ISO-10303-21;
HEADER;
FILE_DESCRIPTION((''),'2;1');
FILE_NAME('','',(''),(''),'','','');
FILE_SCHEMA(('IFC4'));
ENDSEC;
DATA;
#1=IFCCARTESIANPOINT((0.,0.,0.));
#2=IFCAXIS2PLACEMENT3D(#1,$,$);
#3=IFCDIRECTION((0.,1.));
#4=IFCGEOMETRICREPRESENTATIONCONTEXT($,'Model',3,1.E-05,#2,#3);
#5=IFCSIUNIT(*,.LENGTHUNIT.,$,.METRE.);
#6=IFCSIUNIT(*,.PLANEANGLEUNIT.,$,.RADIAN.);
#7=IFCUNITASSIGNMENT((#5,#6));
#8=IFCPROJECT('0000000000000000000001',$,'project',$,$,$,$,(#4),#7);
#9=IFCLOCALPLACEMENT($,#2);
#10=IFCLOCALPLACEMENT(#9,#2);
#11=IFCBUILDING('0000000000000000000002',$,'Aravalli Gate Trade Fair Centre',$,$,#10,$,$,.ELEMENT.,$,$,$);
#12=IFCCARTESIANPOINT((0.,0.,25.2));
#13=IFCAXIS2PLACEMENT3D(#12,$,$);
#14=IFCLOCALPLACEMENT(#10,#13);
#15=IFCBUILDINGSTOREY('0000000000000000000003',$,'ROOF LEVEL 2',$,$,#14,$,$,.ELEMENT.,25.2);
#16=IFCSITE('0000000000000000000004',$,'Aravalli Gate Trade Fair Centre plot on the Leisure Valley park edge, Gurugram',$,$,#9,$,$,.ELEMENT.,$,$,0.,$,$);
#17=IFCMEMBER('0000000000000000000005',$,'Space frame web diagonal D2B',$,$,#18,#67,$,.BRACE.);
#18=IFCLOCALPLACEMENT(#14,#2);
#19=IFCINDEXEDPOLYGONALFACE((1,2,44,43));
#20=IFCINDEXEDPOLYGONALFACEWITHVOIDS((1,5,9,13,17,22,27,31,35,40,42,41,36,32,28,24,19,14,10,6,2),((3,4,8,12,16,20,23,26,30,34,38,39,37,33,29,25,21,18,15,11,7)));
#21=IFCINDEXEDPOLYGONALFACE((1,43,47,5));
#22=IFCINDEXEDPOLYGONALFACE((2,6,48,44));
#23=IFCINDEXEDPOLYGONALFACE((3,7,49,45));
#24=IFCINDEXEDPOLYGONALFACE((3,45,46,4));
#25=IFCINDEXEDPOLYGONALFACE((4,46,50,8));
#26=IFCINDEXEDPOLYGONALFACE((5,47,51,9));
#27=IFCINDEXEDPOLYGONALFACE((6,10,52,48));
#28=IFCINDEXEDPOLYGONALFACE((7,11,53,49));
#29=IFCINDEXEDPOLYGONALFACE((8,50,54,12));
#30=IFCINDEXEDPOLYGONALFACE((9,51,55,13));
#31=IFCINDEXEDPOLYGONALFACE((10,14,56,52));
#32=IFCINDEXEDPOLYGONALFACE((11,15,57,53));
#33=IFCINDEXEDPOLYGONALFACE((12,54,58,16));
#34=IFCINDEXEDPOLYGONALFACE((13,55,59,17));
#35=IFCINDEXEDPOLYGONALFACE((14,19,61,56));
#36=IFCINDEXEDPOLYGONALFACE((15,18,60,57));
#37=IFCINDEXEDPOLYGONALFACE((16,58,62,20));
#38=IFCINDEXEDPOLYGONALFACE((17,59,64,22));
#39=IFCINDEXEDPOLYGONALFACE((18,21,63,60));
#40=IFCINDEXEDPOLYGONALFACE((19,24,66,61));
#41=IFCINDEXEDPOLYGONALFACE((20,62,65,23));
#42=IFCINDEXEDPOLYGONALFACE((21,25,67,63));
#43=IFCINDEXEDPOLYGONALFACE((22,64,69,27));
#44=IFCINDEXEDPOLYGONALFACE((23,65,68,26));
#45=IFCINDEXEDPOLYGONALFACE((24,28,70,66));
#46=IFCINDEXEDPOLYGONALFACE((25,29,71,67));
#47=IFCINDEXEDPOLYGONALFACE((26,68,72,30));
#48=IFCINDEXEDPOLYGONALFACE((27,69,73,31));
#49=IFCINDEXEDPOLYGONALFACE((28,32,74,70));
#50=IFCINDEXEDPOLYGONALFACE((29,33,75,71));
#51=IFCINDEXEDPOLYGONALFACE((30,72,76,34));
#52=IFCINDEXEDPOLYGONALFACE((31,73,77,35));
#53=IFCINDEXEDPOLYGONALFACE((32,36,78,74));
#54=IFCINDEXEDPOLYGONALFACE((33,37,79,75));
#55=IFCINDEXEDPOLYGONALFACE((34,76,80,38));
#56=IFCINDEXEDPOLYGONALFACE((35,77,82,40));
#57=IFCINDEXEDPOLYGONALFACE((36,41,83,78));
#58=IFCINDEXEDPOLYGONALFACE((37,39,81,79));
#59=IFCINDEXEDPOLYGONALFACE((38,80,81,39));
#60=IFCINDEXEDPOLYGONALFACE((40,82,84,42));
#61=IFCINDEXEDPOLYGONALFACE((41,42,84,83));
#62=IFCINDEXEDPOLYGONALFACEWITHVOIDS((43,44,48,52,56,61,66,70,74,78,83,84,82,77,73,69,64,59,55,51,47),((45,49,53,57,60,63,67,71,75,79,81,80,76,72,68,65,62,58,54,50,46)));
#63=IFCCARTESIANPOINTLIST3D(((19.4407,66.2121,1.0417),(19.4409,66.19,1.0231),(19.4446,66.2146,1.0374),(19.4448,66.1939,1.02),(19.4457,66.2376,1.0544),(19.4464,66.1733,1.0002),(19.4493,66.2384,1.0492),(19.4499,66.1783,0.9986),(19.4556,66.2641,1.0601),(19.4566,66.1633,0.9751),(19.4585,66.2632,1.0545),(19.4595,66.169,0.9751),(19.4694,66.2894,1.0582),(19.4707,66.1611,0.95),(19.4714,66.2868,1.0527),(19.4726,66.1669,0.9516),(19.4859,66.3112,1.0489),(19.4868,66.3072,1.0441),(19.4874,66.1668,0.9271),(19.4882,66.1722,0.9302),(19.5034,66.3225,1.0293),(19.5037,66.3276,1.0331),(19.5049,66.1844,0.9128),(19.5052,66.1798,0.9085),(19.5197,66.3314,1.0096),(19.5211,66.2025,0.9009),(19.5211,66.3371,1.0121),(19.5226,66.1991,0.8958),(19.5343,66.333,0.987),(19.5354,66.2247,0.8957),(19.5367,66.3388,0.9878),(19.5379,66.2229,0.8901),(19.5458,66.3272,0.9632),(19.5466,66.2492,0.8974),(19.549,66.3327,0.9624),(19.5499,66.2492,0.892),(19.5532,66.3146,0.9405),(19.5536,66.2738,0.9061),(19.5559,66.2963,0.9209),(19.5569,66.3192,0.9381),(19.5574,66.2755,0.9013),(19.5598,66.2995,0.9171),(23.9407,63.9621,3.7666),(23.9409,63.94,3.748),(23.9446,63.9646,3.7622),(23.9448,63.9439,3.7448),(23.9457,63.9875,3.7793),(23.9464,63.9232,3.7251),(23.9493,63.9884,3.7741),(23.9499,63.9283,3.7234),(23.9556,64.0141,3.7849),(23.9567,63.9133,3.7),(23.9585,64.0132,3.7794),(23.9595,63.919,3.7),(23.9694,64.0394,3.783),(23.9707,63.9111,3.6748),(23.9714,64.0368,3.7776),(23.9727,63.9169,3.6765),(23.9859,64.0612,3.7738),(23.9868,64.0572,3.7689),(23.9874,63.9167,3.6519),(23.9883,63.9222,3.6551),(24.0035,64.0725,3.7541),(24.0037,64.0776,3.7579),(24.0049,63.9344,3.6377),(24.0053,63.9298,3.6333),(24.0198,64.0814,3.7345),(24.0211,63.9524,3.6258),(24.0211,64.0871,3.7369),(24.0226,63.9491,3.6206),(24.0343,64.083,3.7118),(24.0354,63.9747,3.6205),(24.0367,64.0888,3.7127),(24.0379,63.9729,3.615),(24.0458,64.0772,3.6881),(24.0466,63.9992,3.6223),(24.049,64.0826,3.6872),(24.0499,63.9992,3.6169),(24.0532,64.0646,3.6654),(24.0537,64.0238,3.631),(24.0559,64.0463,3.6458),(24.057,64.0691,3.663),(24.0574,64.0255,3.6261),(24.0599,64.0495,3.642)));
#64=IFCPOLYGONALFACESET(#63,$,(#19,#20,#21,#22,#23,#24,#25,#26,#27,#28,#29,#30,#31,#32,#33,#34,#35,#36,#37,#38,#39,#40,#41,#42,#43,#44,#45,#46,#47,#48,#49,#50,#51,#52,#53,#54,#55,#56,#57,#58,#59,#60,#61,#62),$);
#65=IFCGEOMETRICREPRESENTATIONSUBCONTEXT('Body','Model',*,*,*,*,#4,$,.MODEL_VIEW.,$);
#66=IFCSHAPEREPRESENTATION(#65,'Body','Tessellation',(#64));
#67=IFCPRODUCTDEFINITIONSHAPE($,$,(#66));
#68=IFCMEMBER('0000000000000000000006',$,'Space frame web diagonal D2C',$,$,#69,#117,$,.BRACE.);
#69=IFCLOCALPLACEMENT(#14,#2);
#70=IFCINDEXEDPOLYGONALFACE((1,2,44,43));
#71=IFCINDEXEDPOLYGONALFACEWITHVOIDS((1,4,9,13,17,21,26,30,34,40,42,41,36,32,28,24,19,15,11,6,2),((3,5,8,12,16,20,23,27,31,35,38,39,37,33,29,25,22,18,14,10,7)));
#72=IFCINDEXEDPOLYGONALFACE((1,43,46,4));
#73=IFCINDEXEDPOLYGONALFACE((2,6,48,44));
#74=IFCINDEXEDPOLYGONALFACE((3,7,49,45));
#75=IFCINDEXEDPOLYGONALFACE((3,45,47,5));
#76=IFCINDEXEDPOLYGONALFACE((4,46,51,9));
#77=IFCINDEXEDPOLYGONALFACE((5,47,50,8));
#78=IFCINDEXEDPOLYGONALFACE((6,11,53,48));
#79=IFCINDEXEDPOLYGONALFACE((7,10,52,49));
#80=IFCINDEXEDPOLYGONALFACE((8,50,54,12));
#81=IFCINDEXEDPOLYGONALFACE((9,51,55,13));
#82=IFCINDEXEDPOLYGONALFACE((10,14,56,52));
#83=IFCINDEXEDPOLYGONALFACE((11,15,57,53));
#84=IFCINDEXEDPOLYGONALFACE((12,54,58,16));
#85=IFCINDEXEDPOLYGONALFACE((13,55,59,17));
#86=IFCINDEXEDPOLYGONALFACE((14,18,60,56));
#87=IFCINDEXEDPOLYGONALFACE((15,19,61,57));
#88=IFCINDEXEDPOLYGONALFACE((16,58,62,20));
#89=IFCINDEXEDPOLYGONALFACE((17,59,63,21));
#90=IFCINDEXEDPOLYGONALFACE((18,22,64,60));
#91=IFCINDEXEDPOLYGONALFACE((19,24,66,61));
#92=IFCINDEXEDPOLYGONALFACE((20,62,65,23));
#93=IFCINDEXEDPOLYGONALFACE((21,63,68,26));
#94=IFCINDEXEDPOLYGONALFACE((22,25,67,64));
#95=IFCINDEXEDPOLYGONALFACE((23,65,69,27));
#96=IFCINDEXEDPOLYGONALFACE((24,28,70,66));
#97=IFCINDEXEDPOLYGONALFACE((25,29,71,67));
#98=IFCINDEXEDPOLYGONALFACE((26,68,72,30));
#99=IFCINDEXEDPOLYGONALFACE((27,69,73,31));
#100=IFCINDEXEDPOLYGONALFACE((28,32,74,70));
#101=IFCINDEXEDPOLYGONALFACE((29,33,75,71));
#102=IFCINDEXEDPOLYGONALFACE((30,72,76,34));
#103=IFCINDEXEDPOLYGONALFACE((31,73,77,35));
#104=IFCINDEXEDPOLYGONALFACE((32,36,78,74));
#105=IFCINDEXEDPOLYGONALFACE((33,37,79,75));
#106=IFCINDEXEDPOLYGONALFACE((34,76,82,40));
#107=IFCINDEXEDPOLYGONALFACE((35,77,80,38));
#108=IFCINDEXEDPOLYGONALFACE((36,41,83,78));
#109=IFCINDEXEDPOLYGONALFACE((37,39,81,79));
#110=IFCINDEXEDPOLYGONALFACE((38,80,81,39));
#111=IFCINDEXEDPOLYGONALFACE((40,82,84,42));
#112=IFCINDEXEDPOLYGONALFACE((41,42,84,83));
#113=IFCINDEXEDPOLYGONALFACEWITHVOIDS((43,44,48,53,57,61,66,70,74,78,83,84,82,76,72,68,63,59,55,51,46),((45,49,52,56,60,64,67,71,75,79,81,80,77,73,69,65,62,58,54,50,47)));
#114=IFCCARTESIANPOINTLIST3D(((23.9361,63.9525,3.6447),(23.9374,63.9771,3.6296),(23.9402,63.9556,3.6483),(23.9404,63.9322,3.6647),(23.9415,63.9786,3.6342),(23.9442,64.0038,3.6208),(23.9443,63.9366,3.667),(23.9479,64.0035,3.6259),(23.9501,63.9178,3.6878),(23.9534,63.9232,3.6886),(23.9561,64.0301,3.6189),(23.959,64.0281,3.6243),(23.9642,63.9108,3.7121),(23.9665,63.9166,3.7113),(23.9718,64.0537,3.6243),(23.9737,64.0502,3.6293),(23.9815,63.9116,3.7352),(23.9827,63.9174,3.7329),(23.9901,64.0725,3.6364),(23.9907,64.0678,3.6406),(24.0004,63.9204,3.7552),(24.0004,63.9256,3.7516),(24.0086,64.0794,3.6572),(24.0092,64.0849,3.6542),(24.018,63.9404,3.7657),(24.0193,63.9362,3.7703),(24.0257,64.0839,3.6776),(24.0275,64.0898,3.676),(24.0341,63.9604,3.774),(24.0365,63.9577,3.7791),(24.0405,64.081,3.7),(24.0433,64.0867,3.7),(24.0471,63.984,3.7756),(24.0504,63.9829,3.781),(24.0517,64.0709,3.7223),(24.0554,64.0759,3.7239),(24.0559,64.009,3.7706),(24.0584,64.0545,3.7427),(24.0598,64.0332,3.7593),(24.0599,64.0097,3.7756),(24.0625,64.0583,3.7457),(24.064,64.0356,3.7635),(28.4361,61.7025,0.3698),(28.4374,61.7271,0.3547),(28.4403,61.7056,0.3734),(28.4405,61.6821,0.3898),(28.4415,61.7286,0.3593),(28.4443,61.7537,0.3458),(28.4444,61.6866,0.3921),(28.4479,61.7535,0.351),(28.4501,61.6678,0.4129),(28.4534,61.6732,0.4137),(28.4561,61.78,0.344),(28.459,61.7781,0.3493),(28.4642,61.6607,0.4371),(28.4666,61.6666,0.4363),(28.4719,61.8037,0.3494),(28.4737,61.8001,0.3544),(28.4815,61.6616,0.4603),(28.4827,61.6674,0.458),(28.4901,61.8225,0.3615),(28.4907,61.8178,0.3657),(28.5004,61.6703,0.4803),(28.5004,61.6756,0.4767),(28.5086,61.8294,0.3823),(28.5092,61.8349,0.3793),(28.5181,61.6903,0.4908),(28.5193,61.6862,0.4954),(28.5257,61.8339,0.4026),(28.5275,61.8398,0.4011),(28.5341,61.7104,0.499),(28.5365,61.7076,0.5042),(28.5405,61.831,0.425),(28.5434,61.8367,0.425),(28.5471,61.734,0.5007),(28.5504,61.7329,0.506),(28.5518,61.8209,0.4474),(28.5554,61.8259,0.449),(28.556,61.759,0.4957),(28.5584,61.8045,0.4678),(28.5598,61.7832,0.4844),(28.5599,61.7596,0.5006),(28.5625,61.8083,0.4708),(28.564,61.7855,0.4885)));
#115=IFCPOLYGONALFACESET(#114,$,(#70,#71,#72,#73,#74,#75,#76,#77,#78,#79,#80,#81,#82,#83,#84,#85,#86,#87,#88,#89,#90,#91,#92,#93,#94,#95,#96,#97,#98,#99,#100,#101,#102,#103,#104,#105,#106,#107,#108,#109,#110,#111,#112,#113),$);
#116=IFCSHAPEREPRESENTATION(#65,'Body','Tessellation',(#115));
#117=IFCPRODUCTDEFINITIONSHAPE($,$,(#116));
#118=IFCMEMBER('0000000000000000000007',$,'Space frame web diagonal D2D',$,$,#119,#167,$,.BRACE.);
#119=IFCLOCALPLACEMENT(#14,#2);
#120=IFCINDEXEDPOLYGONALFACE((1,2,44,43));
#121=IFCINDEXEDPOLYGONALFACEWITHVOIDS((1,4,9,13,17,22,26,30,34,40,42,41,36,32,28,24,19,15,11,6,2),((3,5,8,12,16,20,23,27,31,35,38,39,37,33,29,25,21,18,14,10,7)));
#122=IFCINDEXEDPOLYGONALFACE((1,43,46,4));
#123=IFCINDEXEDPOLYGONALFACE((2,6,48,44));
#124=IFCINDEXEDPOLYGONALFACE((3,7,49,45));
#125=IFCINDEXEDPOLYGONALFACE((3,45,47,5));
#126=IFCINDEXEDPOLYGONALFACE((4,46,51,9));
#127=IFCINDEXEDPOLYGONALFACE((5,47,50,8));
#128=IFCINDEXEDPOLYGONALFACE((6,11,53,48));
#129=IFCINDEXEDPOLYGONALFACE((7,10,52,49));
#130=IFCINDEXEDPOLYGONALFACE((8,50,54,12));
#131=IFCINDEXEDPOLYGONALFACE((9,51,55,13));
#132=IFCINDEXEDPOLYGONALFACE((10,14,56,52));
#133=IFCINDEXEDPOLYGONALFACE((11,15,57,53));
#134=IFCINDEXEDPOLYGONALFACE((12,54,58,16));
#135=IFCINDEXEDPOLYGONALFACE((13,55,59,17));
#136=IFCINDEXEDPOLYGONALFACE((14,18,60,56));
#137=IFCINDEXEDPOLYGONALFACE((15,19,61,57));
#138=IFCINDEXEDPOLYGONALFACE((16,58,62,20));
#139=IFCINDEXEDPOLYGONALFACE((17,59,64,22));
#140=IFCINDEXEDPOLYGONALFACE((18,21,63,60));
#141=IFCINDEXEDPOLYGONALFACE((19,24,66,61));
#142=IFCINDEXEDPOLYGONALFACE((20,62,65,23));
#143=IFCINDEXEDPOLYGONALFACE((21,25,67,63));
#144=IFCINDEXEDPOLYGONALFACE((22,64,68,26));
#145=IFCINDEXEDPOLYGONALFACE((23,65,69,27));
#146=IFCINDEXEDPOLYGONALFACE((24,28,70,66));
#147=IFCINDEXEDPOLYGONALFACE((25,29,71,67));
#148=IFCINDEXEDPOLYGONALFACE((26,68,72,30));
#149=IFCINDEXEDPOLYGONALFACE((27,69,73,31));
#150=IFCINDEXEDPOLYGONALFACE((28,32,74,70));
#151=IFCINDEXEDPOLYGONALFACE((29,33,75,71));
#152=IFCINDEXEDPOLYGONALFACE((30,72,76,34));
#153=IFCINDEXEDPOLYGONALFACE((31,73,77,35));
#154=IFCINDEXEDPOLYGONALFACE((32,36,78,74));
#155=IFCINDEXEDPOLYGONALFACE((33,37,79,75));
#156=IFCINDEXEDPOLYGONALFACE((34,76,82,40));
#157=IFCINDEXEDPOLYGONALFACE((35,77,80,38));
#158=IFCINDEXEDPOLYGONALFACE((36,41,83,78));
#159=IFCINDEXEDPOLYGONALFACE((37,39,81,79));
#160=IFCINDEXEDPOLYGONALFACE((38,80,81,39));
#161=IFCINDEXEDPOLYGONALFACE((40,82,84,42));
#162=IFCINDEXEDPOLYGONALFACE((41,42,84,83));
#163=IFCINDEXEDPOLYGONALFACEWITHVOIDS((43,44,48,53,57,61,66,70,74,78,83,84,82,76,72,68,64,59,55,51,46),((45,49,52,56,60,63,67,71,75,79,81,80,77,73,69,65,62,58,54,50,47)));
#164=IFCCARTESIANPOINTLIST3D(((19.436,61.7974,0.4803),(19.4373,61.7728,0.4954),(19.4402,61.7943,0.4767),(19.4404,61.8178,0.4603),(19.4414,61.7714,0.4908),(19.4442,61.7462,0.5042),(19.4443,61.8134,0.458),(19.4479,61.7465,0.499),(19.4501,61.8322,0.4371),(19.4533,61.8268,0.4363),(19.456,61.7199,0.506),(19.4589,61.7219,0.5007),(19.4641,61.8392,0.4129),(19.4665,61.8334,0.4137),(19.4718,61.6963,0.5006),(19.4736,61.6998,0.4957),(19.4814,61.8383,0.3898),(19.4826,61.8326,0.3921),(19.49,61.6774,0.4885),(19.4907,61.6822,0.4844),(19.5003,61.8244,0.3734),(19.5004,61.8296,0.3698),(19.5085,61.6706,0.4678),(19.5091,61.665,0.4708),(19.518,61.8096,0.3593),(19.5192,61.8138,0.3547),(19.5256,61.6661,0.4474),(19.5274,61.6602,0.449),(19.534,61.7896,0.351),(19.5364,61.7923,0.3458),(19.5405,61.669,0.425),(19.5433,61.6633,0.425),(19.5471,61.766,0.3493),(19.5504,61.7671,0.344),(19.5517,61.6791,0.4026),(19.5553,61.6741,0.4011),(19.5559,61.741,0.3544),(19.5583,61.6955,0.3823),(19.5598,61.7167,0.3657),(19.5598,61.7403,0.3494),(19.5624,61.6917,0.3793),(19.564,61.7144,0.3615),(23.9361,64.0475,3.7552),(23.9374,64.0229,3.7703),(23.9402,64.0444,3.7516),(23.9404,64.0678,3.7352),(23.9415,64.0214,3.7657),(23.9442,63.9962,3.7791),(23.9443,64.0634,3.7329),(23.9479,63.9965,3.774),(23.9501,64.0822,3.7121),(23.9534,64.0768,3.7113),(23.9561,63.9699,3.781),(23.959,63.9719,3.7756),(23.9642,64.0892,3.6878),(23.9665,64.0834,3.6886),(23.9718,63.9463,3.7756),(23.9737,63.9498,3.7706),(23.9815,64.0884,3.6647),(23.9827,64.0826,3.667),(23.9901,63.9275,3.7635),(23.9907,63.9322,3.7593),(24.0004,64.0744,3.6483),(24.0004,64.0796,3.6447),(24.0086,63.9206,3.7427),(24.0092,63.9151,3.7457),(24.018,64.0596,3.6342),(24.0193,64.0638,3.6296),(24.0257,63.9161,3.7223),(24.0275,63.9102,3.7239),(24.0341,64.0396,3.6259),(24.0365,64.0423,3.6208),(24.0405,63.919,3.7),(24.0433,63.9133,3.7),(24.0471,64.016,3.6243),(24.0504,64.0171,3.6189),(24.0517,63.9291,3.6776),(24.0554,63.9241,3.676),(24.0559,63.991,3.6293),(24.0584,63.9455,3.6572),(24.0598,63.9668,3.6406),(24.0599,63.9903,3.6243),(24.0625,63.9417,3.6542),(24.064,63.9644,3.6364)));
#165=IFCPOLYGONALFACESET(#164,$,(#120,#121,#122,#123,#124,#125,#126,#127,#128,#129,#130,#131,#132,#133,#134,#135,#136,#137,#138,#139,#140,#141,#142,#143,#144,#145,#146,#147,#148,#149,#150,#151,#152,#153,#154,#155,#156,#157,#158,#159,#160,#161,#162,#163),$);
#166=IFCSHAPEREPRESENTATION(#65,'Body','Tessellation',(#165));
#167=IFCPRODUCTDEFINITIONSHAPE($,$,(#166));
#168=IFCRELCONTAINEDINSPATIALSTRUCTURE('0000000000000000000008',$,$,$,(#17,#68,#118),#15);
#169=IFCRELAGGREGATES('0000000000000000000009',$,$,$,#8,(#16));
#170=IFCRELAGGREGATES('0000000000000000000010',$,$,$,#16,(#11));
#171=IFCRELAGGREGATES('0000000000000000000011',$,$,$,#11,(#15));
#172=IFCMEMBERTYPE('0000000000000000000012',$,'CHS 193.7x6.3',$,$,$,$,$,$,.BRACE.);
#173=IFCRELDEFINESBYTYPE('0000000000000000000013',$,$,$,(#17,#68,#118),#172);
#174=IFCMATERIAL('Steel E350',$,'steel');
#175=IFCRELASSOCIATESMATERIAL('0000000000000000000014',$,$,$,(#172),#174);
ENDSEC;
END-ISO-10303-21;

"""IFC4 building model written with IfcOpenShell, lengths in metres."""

from ifc_helpers import new_model, si_unit, direction, frame, origin, origin_2d, place, context, subcontext, project, spatial, hollow_circle, extrude, material, material_profile, profile_set, type_object, element, save


model = new_model("IFC4")

# Units and contexts
model_context = context("Model", 3, precision=1e-05, world=origin(), true_north=direction((0.0, 1.0)))
body_context = subcontext(model_context, "Body", "Model", "MODEL_VIEW")
ifc_project = project(units=[si_unit("LENGTHUNIT", "METRE"), si_unit("PLANEANGLEUNIT", "RADIAN")], contexts=[model_context])

# Site, building, storey
site_placement = place(None, origin())
site = spatial("IfcSite", under=ifc_project, at=site_placement, Name="Aravalli Gate Trade Fair Centre plot on the Leisure Valley park edge, Gurugram", CompositionType="ELEMENT", RefElevation=0.0)
building_placement = place(site_placement, origin())
building = spatial("IfcBuilding", under=site, at=building_placement, Name="Aravalli Gate Trade Fair Centre", CompositionType="ELEMENT")
storey_placement = place(building_placement, frame((0.0, 0.0, 25.2)))
storey = spatial("IfcBuildingStorey", under=building, at=storey_placement, Name="ROOF LEVEL 2", CompositionType="ELEMENT", Elevation=25.2)

# Members
ifc_material_1 = material(Name="Steel E350", Category="steel")
ifc_material_profile_1 = material_profile(ifc_material_1, hollow_circle(Radius=0.0969, WallThickness=0.0063, at=origin_2d()), Name="CHS 193.7x6.3")
ifc_profile_set_1 = profile_set([ifc_material_profile_1], Name="Steel E350")
member_type_1 = type_object("IfcMemberType", Name="CHS 193.7x6.3", PredefinedType="BRACE", material=ifc_profile_set_1)
for number, where, z_axis, x_axis, name in (
    (1, (24.0, 64.0, 3.7), (-0.786486, 0.393243, -0.476235), (-0.447214, -0.894427, 0.0), "Space frame web diagonal D2B"),
):
    element("IfcMember", number, at=place(storey_placement, frame(where, z_axis=z_axis, x_axis=x_axis)), inside=storey, type_object=member_type_1, Name=name, PredefinedType="BRACE", context=body_context, shape_type="SweptSolid", body=[
        extrude(hollow_circle(Radius=0.0969, WallThickness=0.0063, at=origin_2d()), origin(), (0.0, 0.0, 1.0), 5.7217),
    ])
for number, where, z_axis, x_axis, name in (
    (2, (24.0, 64.0, 3.7), (0.74961, -0.374805, -0.545533), (0.447214, 0.894427, 0.0), "Space frame web diagonal D2C"),
    (3, (24.0, 64.0, 3.7), (-0.74961, -0.374805, -0.545533), (0.447214, -0.894427, 0.0), "Space frame web diagonal D2D"),
):
    element("IfcMember", number, at=place(storey_placement, frame(where, z_axis=z_axis, x_axis=x_axis)), inside=storey, type_object=member_type_1, Name=name, PredefinedType="BRACE", context=body_context, shape_type="SweptSolid", body=[
        extrude(hollow_circle(Radius=0.0969, WallThickness=0.0063, at=origin_2d()), origin(), (0.0, 0.0, 1.0), 6.0032),
    ])

save(model, "model.ifc")
